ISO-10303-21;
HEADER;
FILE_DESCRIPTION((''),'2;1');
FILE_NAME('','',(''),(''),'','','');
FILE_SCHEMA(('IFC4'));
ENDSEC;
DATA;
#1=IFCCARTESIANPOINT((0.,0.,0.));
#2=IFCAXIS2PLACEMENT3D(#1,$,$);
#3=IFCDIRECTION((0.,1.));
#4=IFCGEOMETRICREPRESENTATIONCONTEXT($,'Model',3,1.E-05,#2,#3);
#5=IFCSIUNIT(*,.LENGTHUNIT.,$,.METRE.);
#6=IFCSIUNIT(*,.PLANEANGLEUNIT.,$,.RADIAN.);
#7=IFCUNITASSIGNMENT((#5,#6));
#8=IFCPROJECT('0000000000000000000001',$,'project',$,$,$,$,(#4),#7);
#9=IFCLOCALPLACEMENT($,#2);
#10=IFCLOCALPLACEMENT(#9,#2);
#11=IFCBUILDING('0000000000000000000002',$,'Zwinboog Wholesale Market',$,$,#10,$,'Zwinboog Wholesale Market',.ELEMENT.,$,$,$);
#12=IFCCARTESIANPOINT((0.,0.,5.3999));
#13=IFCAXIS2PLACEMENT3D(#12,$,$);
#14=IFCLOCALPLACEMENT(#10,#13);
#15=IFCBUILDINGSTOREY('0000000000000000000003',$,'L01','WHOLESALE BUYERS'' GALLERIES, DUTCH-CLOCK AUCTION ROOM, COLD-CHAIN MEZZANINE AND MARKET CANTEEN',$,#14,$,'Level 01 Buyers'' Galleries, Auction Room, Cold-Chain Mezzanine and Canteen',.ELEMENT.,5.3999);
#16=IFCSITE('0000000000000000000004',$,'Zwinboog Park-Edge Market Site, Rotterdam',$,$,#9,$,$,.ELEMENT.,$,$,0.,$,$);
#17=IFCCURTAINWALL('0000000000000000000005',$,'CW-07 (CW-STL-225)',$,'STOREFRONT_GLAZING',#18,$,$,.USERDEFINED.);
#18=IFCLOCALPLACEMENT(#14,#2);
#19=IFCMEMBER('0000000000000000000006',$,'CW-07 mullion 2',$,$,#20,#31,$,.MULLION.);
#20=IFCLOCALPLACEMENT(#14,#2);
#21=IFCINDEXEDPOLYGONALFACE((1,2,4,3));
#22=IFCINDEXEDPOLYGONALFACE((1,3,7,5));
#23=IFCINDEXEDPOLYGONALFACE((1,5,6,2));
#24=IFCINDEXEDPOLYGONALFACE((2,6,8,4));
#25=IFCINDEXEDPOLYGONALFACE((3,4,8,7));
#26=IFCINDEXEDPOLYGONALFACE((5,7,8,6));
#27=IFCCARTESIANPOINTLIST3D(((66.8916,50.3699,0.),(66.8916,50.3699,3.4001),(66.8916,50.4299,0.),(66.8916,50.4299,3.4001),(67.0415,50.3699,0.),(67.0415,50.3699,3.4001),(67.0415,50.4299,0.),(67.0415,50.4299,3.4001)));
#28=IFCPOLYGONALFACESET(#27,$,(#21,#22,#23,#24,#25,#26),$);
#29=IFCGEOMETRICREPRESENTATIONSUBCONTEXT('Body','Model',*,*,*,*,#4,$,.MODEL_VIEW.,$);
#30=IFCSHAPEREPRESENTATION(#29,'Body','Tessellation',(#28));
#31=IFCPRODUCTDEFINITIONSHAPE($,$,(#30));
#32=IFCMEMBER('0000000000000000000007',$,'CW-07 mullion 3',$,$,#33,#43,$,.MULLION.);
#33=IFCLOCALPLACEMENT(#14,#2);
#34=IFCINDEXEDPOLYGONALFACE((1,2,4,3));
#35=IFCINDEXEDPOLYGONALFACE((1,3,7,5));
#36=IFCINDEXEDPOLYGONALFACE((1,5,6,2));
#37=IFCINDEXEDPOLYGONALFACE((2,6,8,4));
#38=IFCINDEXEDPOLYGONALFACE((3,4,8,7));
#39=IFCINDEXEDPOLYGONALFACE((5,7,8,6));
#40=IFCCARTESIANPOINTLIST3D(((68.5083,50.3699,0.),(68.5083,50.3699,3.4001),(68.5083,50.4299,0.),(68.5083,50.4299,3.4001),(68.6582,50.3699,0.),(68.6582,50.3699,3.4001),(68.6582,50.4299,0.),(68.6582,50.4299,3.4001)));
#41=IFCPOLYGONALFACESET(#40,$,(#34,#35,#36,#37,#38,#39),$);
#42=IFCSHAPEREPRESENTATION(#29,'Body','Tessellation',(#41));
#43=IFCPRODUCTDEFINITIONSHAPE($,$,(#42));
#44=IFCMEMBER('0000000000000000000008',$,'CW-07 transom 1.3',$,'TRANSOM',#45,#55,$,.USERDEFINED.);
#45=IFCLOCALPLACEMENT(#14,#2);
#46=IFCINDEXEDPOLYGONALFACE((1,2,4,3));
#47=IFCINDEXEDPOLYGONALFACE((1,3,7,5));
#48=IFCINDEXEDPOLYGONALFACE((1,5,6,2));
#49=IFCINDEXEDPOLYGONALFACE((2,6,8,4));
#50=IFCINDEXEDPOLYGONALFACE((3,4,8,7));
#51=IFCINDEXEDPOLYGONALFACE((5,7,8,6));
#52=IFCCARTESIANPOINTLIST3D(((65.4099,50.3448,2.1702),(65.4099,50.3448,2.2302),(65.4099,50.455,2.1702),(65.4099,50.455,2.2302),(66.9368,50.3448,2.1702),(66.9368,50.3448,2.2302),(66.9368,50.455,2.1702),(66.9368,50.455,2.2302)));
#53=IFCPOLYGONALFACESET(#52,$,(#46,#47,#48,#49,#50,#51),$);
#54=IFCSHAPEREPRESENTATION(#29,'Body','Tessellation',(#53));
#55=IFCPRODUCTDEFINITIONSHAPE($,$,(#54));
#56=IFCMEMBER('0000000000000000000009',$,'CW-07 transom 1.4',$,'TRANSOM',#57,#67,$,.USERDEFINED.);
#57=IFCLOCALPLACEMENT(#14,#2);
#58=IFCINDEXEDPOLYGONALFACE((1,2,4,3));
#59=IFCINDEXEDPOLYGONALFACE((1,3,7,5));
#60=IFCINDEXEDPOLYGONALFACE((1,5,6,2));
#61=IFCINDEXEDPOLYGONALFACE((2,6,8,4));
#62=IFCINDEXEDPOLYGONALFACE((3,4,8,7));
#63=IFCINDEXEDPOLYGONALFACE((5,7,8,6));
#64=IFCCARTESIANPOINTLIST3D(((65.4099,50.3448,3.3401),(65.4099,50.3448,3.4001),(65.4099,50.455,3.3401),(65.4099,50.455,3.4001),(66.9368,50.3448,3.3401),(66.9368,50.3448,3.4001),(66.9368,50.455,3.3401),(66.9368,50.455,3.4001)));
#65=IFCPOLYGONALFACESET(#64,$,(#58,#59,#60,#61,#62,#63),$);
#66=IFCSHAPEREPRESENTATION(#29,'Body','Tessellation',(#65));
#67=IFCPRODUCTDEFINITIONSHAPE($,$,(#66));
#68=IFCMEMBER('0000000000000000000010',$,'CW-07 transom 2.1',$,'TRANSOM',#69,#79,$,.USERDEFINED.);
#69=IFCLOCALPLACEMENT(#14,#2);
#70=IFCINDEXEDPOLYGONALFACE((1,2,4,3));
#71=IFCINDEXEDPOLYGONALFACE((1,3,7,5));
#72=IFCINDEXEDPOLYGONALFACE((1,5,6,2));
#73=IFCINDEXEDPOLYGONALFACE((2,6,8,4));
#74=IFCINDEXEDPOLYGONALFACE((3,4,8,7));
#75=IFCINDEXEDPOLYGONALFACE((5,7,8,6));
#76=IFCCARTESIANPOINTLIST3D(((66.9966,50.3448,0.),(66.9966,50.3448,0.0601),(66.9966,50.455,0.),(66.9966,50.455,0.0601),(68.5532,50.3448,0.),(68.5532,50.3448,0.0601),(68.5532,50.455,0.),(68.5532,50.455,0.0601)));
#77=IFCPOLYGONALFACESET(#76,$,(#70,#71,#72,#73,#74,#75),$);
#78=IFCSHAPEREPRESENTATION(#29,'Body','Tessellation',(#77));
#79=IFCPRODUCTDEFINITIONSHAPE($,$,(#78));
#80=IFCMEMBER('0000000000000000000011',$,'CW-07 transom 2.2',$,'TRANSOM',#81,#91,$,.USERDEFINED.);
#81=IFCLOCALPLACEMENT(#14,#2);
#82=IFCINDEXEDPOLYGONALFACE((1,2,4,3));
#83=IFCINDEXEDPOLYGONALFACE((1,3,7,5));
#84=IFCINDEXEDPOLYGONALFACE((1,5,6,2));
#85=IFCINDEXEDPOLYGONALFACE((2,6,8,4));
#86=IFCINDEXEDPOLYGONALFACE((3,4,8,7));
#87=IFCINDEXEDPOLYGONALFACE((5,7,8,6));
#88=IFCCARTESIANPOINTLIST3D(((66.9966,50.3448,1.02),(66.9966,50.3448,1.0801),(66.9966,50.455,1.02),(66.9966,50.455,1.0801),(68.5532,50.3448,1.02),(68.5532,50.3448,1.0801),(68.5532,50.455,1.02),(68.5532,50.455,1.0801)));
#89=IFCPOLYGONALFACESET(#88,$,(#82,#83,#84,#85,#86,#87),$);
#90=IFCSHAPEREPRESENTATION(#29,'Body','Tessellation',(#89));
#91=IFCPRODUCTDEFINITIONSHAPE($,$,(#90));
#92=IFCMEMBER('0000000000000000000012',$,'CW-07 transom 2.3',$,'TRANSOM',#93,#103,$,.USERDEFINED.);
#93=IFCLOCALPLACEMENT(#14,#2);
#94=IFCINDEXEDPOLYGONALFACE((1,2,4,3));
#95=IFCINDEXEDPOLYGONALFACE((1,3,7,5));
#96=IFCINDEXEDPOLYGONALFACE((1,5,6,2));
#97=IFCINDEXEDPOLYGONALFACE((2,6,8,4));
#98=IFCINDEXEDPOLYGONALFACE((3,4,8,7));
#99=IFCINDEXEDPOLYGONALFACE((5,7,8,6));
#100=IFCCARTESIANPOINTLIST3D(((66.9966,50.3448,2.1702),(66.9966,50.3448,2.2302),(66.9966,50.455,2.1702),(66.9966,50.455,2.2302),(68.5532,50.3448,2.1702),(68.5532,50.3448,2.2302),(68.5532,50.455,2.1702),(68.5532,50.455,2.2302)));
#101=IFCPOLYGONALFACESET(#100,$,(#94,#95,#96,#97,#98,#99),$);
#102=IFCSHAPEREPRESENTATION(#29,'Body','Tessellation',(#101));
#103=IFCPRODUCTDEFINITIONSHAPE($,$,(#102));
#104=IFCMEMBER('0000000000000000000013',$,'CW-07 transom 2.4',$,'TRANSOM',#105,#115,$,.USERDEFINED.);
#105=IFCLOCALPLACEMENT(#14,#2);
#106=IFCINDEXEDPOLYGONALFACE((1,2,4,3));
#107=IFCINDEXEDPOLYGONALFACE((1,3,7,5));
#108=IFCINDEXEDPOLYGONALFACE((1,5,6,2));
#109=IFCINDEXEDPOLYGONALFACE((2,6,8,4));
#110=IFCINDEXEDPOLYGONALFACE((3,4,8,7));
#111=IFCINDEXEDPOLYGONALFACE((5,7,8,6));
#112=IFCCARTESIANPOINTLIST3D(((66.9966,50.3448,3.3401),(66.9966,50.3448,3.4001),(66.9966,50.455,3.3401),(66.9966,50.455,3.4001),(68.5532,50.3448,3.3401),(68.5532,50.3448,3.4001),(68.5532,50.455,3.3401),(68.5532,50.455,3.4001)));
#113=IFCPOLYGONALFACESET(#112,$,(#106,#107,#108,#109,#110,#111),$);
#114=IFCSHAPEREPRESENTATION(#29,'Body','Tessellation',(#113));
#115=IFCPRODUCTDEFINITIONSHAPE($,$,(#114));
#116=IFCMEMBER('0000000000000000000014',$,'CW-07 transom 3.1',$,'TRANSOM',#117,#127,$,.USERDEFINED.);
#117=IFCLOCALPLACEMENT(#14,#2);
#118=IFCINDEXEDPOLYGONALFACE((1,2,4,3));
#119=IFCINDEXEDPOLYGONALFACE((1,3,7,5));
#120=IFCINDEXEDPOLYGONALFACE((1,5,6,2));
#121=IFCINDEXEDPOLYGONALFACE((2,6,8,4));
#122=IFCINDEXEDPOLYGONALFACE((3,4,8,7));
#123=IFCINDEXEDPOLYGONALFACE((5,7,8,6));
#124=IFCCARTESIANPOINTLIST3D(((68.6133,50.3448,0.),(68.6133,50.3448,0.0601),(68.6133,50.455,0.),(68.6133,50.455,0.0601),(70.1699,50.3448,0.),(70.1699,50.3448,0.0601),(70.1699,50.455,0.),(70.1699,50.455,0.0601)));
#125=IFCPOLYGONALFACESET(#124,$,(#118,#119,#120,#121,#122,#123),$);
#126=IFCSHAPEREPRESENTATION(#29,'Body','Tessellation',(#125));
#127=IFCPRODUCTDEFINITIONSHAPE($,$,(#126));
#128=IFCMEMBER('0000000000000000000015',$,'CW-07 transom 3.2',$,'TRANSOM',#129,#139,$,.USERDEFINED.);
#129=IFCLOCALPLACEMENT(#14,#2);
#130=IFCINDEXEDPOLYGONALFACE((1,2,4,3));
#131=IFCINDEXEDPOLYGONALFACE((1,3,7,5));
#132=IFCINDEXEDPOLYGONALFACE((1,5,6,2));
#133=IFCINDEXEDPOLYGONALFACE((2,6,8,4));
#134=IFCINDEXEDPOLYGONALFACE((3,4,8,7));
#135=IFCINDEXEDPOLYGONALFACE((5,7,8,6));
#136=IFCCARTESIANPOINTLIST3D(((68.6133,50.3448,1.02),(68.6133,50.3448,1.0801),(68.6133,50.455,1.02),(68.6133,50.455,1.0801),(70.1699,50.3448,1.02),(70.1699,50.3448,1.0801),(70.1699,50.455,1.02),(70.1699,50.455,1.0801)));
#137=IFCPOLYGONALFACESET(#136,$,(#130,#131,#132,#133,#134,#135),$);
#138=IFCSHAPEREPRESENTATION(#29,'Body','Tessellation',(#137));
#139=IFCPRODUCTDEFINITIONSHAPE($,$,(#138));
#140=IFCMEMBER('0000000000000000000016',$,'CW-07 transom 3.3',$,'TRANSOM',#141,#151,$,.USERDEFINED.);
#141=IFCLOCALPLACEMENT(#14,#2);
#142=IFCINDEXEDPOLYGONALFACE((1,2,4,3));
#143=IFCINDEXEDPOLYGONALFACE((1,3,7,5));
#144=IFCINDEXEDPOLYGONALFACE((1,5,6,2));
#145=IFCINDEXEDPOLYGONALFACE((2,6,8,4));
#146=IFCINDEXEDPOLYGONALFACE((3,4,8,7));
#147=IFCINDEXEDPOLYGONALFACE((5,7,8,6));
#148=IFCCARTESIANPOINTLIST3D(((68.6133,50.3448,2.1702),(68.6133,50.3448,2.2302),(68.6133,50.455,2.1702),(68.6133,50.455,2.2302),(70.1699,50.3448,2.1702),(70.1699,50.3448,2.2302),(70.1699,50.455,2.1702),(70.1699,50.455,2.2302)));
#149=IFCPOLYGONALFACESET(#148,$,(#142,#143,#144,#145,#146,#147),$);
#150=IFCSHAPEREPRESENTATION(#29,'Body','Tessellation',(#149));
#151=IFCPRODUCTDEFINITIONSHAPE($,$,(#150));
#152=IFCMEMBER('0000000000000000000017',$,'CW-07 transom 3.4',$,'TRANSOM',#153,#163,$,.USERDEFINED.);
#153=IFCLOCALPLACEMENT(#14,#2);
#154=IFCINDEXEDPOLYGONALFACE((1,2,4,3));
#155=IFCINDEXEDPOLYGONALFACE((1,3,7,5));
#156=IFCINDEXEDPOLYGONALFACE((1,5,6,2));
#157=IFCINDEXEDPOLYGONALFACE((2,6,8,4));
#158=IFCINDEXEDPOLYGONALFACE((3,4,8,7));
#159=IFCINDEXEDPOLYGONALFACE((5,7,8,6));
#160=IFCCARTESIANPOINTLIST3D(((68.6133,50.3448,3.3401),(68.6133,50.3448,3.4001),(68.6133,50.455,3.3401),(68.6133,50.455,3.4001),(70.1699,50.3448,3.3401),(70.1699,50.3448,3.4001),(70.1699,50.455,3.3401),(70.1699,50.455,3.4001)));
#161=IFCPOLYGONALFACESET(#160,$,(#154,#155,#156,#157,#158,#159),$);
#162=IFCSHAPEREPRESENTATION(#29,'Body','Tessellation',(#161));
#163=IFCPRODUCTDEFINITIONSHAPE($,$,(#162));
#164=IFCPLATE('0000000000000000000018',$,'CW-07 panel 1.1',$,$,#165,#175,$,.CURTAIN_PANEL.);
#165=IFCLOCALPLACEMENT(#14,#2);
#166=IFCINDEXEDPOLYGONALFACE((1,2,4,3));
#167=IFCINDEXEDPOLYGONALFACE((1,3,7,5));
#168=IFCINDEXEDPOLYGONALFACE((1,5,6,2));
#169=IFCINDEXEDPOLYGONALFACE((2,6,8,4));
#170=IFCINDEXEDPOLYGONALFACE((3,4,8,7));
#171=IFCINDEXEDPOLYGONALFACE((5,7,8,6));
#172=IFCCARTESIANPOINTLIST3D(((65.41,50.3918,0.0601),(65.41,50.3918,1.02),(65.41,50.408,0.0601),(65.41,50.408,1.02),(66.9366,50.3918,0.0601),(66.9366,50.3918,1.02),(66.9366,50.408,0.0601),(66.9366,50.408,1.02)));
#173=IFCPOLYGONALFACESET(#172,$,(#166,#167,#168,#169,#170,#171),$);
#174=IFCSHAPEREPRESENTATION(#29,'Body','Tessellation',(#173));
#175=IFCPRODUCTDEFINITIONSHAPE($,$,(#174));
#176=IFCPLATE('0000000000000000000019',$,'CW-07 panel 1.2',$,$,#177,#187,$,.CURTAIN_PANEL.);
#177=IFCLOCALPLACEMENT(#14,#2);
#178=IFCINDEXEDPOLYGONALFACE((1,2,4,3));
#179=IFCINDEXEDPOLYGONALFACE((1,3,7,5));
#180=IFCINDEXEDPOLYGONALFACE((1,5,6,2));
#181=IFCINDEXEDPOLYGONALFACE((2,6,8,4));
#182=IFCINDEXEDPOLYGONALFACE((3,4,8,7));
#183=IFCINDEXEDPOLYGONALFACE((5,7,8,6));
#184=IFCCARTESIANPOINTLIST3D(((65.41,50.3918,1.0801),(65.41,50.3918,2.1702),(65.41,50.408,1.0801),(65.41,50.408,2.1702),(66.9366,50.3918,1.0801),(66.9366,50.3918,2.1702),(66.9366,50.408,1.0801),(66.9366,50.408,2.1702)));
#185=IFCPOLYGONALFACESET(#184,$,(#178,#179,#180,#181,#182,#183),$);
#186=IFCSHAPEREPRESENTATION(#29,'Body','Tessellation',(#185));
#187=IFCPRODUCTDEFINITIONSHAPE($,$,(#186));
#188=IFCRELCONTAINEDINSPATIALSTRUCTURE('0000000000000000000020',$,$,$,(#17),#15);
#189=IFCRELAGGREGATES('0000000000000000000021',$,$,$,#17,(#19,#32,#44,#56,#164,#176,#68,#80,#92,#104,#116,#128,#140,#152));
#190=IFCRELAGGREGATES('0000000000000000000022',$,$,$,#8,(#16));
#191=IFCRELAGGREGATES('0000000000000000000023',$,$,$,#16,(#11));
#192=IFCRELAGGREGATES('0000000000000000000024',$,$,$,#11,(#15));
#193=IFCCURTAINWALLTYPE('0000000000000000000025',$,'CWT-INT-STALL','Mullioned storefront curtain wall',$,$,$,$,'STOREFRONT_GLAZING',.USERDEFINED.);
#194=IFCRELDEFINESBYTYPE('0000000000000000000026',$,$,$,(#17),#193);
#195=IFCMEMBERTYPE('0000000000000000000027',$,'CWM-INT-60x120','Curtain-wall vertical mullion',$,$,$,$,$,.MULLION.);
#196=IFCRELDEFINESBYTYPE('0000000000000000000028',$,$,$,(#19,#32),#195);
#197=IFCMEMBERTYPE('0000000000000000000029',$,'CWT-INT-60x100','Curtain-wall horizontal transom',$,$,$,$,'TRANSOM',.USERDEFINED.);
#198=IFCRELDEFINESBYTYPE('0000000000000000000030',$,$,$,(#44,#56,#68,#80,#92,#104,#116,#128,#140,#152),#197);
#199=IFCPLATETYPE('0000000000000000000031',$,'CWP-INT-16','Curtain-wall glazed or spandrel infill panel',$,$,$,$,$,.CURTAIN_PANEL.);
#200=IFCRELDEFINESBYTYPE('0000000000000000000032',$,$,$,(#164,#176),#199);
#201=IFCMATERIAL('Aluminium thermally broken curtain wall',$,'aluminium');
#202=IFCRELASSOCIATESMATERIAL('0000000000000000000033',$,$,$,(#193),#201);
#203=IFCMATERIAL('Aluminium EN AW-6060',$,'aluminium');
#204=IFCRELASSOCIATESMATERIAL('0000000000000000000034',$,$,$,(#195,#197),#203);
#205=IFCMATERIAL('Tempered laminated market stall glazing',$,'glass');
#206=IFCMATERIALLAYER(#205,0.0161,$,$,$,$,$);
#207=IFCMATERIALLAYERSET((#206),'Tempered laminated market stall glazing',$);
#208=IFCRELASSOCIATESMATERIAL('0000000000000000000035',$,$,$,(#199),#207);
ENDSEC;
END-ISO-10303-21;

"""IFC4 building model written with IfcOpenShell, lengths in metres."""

from ifc_helpers import new_model, si_unit, direction, frame, origin, origin_2d, place, context, subcontext, project, spatial, rectangle, extrude, material, layer, layer_set, material_profile, profile_set, type_object, element, aggregate, save


model = new_model("IFC4")

# Units and contexts
model_context = context("Model", 3, precision=1e-05, world=origin(), true_north=direction((0.0, 1.0)))
body_context = subcontext(model_context, "Body", "Model", "MODEL_VIEW")
ifc_project = project(units=[si_unit("LENGTHUNIT", "METRE"), si_unit("PLANEANGLEUNIT", "RADIAN")], contexts=[model_context])

# Site, building, storey
site_placement = place(None, origin())
site = spatial("IfcSite", under=ifc_project, at=site_placement, Name="Zwinboog Park-Edge Market Site, Rotterdam", CompositionType="ELEMENT", RefElevation=0.0)
building_placement = place(site_placement, origin())
building = spatial("IfcBuilding", under=site, at=building_placement, Name="Zwinboog Wholesale Market", LongName="Zwinboog Wholesale Market", CompositionType="ELEMENT")
storey_placement = place(building_placement, frame((0.0, 0.0, 5.3999)))
storey = spatial("IfcBuildingStorey", under=building, at=storey_placement, Name="L01", Description="WHOLESALE BUYERS' GALLERIES, DUTCH-CLOCK AUCTION ROOM, COLD-CHAIN MEZZANINE AND MARKET CANTEEN", LongName="Level 01 Buyers' Galleries, Auction Room, Cold-Chain Mezzanine and Canteen", CompositionType="ELEMENT", Elevation=5.3999)

# Curtain wall, members, plates
ifc_material_1 = material(Name="Aluminium thermally broken curtain wall", Category="aluminium")
curtain_wall_type = type_object("IfcCurtainWallType", Name="CWT-INT-STALL", Description="Mullioned storefront curtain wall", ElementType="STOREFRONT_GLAZING", PredefinedType="USERDEFINED", material=ifc_material_1)
curtain_wall_placement = place(storey_placement, origin())
curtain_wall = element("IfcCurtainWall", 1, at=curtain_wall_placement, inside=storey, type_object=curtain_wall_type, Name="CW-07 (CW-STL-225)", ObjectType="STOREFRONT_GLAZING", PredefinedType="USERDEFINED")
ifc_material_2 = material(Name="Aluminium EN AW-6060", Category="aluminium")
ifc_material_profile_1 = material_profile(ifc_material_2, rectangle(XDim=0.0601, YDim=0.1499, at=origin_2d()), Name="AL 60x150")
ifc_profile_set_1 = profile_set([ifc_material_profile_1], Name="Aluminium EN AW-6060")
member_type_1 = type_object("IfcMemberType", Name="CWM-INT-60x120", Description="Curtain-wall vertical mullion", PredefinedType="MULLION", material=ifc_profile_set_1)
member_1_placement = place(storey_placement, frame((66.9666, 50.3999, 0.0), z_axis=(0.0, 0.0, 1.0), x_axis=(0.0, 1.0, 0.0)))
member_1 = element("IfcMember", 2, at=member_1_placement, type_object=member_type_1, Name="CW-07 mullion 2", PredefinedType="MULLION", context=body_context, shape_type="SweptSolid", body=[
    extrude(rectangle(XDim=0.0601, YDim=0.1499, at=origin_2d()), origin(), (0.0, 0.0, 1.0), 3.4001),
])
member_2_placement = place(storey_placement, frame((68.5833, 50.3999, 0.0), z_axis=(0.0, 0.0, 1.0), x_axis=(0.0, 1.0, 0.0)))
member_2 = element("IfcMember", 3, at=member_2_placement, type_object=member_type_1, Name="CW-07 mullion 3", PredefinedType="MULLION", context=body_context, shape_type="SweptSolid", body=[
    extrude(rectangle(XDim=0.0601, YDim=0.1499, at=origin_2d()), origin(), (0.0, 0.0, 1.0), 3.4001),
])
ifc_material_profile_2 = material_profile(ifc_material_2, rectangle(XDim=0.1101, YDim=0.0601, at=origin_2d()), Name="AL 60x110")
ifc_profile_set_2 = profile_set([ifc_material_profile_2], Name="Aluminium EN AW-6060")
member_type_2 = type_object("IfcMemberType", Name="CWT-INT-60x100", Description="Curtain-wall horizontal transom", ElementType="TRANSOM", PredefinedType="USERDEFINED", material=ifc_profile_set_2)
member_3_placement = place(storey_placement, frame((65.4099, 50.3999, 2.2002), z_axis=(1.0, 0.0, 0.0), x_axis=(0.0, 1.0, 0.0)))
member_3 = element("IfcMember", 4, at=member_3_placement, type_object=member_type_2, Name="CW-07 transom 1.3", ObjectType="TRANSOM", PredefinedType="USERDEFINED", context=body_context, shape_type="SweptSolid", body=[
    extrude(rectangle(XDim=0.1101, YDim=0.0601, at=origin_2d()), origin(), (0.0, 0.0, 1.0), 1.5269),
])
member_4_placement = place(storey_placement, frame((65.4099, 50.3999, 3.3701), z_axis=(1.0, 0.0, 0.0), x_axis=(0.0, 1.0, 0.0)))
member_4 = element("IfcMember", 5, at=member_4_placement, type_object=member_type_2, Name="CW-07 transom 1.4", ObjectType="TRANSOM", PredefinedType="USERDEFINED", context=body_context, shape_type="SweptSolid", body=[
    extrude(rectangle(XDim=0.1101, YDim=0.0601, at=origin_2d()), origin(), (0.0, 0.0, 1.0), 1.5269),
])
member_5_placement = place(storey_placement, frame((66.9966, 50.3999, 0.03), z_axis=(1.0, 0.0, 0.0), x_axis=(0.0, 1.0, 0.0)))
member_5 = element("IfcMember", 6, at=member_5_placement, type_object=member_type_2, Name="CW-07 transom 2.1", ObjectType="TRANSOM", PredefinedType="USERDEFINED", context=body_context, shape_type="SweptSolid", body=[
    extrude(rectangle(XDim=0.1101, YDim=0.0601, at=origin_2d()), origin(), (0.0, 0.0, 1.0), 1.5566),
])
member_6_placement = place(storey_placement, frame((66.9966, 50.3999, 1.05), z_axis=(1.0, 0.0, 0.0), x_axis=(0.0, 1.0, 0.0)))
member_6 = element("IfcMember", 7, at=member_6_placement, type_object=member_type_2, Name="CW-07 transom 2.2", ObjectType="TRANSOM", PredefinedType="USERDEFINED", context=body_context, shape_type="SweptSolid", body=[
    extrude(rectangle(XDim=0.1101, YDim=0.0601, at=origin_2d()), origin(), (0.0, 0.0, 1.0), 1.5566),
])
member_7_placement = place(storey_placement, frame((66.9966, 50.3999, 2.2002), z_axis=(1.0, 0.0, 0.0), x_axis=(0.0, 1.0, 0.0)))
member_7 = element("IfcMember", 8, at=member_7_placement, type_object=member_type_2, Name="CW-07 transom 2.3", ObjectType="TRANSOM", PredefinedType="USERDEFINED", context=body_context, shape_type="SweptSolid", body=[
    extrude(rectangle(XDim=0.1101, YDim=0.0601, at=origin_2d()), origin(), (0.0, 0.0, 1.0), 1.5566),
])
member_8_placement = place(storey_placement, frame((66.9966, 50.3999, 3.3701), z_axis=(1.0, 0.0, 0.0), x_axis=(0.0, 1.0, 0.0)))
member_8 = element("IfcMember", 9, at=member_8_placement, type_object=member_type_2, Name="CW-07 transom 2.4", ObjectType="TRANSOM", PredefinedType="USERDEFINED", context=body_context, shape_type="SweptSolid", body=[
    extrude(rectangle(XDim=0.1101, YDim=0.0601, at=origin_2d()), origin(), (0.0, 0.0, 1.0), 1.5566),
])
member_9_placement = place(storey_placement, frame((68.6133, 50.3999, 0.03), z_axis=(1.0, 0.0, 0.0), x_axis=(0.0, 1.0, 0.0)))
member_9 = element("IfcMember", 10, at=member_9_placement, type_object=member_type_2, Name="CW-07 transom 3.1", ObjectType="TRANSOM", PredefinedType="USERDEFINED", context=body_context, shape_type="SweptSolid", body=[
    extrude(rectangle(XDim=0.1101, YDim=0.0601, at=origin_2d()), origin(), (0.0, 0.0, 1.0), 1.5566),
])
member_10_placement = place(storey_placement, frame((68.6133, 50.3999, 1.05), z_axis=(1.0, 0.0, 0.0), x_axis=(0.0, 1.0, 0.0)))
member_10 = element("IfcMember", 11, at=member_10_placement, type_object=member_type_2, Name="CW-07 transom 3.2", ObjectType="TRANSOM", PredefinedType="USERDEFINED", context=body_context, shape_type="SweptSolid", body=[
    extrude(rectangle(XDim=0.1101, YDim=0.0601, at=origin_2d()), origin(), (0.0, 0.0, 1.0), 1.5566),
])
member_11_placement = place(storey_placement, frame((68.6133, 50.3999, 2.2002), z_axis=(1.0, 0.0, 0.0), x_axis=(0.0, 1.0, 0.0)))
member_11 = element("IfcMember", 12, at=member_11_placement, type_object=member_type_2, Name="CW-07 transom 3.3", ObjectType="TRANSOM", PredefinedType="USERDEFINED", context=body_context, shape_type="SweptSolid", body=[
    extrude(rectangle(XDim=0.1101, YDim=0.0601, at=origin_2d()), origin(), (0.0, 0.0, 1.0), 1.5566),
])
member_12_placement = place(storey_placement, frame((68.6133, 50.3999, 3.3701), z_axis=(1.0, 0.0, 0.0), x_axis=(0.0, 1.0, 0.0)))
member_12 = element("IfcMember", 13, at=member_12_placement, type_object=member_type_2, Name="CW-07 transom 3.4", ObjectType="TRANSOM", PredefinedType="USERDEFINED", context=body_context, shape_type="SweptSolid", body=[
    extrude(rectangle(XDim=0.1101, YDim=0.0601, at=origin_2d()), origin(), (0.0, 0.0, 1.0), 1.5566),
])
ifc_material_3 = material(Name="Tempered laminated market stall glazing", Category="glass")
ifc_layer_1 = layer(ifc_material_3, 0.0161)
ifc_layer_set_1 = layer_set([ifc_layer_1], Name="Tempered laminated market stall glazing")
plate_type = type_object("IfcPlateType", Name="CWP-INT-16", Description="Curtain-wall glazed or spandrel infill panel", PredefinedType="CURTAIN_PANEL", material=ifc_layer_set_1)
plate_1_placement = place(storey_placement, frame((66.1733, 50.3999, 0.0601), z_axis=(0.0, 0.0, 1.0), x_axis=(1.0, 0.0, 0.0)))
plate_1 = element("IfcPlate", 14, at=plate_1_placement, type_object=plate_type, Name="CW-07 panel 1.1", PredefinedType="CURTAIN_PANEL", context=body_context, shape_type="SweptSolid", body=[
    extrude(rectangle(XDim=1.5266, YDim=0.0161, at=origin_2d()), origin(), (0.0, 0.0, 1.0), 0.96),
])
plate_2_placement = place(storey_placement, frame((66.1733, 50.3999, 1.0801), z_axis=(0.0, 0.0, 1.0), x_axis=(1.0, 0.0, 0.0)))
plate_2 = element("IfcPlate", 15, at=plate_2_placement, type_object=plate_type, Name="CW-07 panel 1.2", PredefinedType="CURTAIN_PANEL", context=body_context, shape_type="SweptSolid", body=[
    extrude(rectangle(XDim=1.5266, YDim=0.0161, at=origin_2d()), origin(), (0.0, 0.0, 1.0), 1.0901),
])
aggregate(curtain_wall, [member_1, member_2, member_3, member_4, plate_1, plate_2, member_5, member_6, member_7, member_8, member_9, member_10, member_11, member_12])

save(model, "model.ifc")
